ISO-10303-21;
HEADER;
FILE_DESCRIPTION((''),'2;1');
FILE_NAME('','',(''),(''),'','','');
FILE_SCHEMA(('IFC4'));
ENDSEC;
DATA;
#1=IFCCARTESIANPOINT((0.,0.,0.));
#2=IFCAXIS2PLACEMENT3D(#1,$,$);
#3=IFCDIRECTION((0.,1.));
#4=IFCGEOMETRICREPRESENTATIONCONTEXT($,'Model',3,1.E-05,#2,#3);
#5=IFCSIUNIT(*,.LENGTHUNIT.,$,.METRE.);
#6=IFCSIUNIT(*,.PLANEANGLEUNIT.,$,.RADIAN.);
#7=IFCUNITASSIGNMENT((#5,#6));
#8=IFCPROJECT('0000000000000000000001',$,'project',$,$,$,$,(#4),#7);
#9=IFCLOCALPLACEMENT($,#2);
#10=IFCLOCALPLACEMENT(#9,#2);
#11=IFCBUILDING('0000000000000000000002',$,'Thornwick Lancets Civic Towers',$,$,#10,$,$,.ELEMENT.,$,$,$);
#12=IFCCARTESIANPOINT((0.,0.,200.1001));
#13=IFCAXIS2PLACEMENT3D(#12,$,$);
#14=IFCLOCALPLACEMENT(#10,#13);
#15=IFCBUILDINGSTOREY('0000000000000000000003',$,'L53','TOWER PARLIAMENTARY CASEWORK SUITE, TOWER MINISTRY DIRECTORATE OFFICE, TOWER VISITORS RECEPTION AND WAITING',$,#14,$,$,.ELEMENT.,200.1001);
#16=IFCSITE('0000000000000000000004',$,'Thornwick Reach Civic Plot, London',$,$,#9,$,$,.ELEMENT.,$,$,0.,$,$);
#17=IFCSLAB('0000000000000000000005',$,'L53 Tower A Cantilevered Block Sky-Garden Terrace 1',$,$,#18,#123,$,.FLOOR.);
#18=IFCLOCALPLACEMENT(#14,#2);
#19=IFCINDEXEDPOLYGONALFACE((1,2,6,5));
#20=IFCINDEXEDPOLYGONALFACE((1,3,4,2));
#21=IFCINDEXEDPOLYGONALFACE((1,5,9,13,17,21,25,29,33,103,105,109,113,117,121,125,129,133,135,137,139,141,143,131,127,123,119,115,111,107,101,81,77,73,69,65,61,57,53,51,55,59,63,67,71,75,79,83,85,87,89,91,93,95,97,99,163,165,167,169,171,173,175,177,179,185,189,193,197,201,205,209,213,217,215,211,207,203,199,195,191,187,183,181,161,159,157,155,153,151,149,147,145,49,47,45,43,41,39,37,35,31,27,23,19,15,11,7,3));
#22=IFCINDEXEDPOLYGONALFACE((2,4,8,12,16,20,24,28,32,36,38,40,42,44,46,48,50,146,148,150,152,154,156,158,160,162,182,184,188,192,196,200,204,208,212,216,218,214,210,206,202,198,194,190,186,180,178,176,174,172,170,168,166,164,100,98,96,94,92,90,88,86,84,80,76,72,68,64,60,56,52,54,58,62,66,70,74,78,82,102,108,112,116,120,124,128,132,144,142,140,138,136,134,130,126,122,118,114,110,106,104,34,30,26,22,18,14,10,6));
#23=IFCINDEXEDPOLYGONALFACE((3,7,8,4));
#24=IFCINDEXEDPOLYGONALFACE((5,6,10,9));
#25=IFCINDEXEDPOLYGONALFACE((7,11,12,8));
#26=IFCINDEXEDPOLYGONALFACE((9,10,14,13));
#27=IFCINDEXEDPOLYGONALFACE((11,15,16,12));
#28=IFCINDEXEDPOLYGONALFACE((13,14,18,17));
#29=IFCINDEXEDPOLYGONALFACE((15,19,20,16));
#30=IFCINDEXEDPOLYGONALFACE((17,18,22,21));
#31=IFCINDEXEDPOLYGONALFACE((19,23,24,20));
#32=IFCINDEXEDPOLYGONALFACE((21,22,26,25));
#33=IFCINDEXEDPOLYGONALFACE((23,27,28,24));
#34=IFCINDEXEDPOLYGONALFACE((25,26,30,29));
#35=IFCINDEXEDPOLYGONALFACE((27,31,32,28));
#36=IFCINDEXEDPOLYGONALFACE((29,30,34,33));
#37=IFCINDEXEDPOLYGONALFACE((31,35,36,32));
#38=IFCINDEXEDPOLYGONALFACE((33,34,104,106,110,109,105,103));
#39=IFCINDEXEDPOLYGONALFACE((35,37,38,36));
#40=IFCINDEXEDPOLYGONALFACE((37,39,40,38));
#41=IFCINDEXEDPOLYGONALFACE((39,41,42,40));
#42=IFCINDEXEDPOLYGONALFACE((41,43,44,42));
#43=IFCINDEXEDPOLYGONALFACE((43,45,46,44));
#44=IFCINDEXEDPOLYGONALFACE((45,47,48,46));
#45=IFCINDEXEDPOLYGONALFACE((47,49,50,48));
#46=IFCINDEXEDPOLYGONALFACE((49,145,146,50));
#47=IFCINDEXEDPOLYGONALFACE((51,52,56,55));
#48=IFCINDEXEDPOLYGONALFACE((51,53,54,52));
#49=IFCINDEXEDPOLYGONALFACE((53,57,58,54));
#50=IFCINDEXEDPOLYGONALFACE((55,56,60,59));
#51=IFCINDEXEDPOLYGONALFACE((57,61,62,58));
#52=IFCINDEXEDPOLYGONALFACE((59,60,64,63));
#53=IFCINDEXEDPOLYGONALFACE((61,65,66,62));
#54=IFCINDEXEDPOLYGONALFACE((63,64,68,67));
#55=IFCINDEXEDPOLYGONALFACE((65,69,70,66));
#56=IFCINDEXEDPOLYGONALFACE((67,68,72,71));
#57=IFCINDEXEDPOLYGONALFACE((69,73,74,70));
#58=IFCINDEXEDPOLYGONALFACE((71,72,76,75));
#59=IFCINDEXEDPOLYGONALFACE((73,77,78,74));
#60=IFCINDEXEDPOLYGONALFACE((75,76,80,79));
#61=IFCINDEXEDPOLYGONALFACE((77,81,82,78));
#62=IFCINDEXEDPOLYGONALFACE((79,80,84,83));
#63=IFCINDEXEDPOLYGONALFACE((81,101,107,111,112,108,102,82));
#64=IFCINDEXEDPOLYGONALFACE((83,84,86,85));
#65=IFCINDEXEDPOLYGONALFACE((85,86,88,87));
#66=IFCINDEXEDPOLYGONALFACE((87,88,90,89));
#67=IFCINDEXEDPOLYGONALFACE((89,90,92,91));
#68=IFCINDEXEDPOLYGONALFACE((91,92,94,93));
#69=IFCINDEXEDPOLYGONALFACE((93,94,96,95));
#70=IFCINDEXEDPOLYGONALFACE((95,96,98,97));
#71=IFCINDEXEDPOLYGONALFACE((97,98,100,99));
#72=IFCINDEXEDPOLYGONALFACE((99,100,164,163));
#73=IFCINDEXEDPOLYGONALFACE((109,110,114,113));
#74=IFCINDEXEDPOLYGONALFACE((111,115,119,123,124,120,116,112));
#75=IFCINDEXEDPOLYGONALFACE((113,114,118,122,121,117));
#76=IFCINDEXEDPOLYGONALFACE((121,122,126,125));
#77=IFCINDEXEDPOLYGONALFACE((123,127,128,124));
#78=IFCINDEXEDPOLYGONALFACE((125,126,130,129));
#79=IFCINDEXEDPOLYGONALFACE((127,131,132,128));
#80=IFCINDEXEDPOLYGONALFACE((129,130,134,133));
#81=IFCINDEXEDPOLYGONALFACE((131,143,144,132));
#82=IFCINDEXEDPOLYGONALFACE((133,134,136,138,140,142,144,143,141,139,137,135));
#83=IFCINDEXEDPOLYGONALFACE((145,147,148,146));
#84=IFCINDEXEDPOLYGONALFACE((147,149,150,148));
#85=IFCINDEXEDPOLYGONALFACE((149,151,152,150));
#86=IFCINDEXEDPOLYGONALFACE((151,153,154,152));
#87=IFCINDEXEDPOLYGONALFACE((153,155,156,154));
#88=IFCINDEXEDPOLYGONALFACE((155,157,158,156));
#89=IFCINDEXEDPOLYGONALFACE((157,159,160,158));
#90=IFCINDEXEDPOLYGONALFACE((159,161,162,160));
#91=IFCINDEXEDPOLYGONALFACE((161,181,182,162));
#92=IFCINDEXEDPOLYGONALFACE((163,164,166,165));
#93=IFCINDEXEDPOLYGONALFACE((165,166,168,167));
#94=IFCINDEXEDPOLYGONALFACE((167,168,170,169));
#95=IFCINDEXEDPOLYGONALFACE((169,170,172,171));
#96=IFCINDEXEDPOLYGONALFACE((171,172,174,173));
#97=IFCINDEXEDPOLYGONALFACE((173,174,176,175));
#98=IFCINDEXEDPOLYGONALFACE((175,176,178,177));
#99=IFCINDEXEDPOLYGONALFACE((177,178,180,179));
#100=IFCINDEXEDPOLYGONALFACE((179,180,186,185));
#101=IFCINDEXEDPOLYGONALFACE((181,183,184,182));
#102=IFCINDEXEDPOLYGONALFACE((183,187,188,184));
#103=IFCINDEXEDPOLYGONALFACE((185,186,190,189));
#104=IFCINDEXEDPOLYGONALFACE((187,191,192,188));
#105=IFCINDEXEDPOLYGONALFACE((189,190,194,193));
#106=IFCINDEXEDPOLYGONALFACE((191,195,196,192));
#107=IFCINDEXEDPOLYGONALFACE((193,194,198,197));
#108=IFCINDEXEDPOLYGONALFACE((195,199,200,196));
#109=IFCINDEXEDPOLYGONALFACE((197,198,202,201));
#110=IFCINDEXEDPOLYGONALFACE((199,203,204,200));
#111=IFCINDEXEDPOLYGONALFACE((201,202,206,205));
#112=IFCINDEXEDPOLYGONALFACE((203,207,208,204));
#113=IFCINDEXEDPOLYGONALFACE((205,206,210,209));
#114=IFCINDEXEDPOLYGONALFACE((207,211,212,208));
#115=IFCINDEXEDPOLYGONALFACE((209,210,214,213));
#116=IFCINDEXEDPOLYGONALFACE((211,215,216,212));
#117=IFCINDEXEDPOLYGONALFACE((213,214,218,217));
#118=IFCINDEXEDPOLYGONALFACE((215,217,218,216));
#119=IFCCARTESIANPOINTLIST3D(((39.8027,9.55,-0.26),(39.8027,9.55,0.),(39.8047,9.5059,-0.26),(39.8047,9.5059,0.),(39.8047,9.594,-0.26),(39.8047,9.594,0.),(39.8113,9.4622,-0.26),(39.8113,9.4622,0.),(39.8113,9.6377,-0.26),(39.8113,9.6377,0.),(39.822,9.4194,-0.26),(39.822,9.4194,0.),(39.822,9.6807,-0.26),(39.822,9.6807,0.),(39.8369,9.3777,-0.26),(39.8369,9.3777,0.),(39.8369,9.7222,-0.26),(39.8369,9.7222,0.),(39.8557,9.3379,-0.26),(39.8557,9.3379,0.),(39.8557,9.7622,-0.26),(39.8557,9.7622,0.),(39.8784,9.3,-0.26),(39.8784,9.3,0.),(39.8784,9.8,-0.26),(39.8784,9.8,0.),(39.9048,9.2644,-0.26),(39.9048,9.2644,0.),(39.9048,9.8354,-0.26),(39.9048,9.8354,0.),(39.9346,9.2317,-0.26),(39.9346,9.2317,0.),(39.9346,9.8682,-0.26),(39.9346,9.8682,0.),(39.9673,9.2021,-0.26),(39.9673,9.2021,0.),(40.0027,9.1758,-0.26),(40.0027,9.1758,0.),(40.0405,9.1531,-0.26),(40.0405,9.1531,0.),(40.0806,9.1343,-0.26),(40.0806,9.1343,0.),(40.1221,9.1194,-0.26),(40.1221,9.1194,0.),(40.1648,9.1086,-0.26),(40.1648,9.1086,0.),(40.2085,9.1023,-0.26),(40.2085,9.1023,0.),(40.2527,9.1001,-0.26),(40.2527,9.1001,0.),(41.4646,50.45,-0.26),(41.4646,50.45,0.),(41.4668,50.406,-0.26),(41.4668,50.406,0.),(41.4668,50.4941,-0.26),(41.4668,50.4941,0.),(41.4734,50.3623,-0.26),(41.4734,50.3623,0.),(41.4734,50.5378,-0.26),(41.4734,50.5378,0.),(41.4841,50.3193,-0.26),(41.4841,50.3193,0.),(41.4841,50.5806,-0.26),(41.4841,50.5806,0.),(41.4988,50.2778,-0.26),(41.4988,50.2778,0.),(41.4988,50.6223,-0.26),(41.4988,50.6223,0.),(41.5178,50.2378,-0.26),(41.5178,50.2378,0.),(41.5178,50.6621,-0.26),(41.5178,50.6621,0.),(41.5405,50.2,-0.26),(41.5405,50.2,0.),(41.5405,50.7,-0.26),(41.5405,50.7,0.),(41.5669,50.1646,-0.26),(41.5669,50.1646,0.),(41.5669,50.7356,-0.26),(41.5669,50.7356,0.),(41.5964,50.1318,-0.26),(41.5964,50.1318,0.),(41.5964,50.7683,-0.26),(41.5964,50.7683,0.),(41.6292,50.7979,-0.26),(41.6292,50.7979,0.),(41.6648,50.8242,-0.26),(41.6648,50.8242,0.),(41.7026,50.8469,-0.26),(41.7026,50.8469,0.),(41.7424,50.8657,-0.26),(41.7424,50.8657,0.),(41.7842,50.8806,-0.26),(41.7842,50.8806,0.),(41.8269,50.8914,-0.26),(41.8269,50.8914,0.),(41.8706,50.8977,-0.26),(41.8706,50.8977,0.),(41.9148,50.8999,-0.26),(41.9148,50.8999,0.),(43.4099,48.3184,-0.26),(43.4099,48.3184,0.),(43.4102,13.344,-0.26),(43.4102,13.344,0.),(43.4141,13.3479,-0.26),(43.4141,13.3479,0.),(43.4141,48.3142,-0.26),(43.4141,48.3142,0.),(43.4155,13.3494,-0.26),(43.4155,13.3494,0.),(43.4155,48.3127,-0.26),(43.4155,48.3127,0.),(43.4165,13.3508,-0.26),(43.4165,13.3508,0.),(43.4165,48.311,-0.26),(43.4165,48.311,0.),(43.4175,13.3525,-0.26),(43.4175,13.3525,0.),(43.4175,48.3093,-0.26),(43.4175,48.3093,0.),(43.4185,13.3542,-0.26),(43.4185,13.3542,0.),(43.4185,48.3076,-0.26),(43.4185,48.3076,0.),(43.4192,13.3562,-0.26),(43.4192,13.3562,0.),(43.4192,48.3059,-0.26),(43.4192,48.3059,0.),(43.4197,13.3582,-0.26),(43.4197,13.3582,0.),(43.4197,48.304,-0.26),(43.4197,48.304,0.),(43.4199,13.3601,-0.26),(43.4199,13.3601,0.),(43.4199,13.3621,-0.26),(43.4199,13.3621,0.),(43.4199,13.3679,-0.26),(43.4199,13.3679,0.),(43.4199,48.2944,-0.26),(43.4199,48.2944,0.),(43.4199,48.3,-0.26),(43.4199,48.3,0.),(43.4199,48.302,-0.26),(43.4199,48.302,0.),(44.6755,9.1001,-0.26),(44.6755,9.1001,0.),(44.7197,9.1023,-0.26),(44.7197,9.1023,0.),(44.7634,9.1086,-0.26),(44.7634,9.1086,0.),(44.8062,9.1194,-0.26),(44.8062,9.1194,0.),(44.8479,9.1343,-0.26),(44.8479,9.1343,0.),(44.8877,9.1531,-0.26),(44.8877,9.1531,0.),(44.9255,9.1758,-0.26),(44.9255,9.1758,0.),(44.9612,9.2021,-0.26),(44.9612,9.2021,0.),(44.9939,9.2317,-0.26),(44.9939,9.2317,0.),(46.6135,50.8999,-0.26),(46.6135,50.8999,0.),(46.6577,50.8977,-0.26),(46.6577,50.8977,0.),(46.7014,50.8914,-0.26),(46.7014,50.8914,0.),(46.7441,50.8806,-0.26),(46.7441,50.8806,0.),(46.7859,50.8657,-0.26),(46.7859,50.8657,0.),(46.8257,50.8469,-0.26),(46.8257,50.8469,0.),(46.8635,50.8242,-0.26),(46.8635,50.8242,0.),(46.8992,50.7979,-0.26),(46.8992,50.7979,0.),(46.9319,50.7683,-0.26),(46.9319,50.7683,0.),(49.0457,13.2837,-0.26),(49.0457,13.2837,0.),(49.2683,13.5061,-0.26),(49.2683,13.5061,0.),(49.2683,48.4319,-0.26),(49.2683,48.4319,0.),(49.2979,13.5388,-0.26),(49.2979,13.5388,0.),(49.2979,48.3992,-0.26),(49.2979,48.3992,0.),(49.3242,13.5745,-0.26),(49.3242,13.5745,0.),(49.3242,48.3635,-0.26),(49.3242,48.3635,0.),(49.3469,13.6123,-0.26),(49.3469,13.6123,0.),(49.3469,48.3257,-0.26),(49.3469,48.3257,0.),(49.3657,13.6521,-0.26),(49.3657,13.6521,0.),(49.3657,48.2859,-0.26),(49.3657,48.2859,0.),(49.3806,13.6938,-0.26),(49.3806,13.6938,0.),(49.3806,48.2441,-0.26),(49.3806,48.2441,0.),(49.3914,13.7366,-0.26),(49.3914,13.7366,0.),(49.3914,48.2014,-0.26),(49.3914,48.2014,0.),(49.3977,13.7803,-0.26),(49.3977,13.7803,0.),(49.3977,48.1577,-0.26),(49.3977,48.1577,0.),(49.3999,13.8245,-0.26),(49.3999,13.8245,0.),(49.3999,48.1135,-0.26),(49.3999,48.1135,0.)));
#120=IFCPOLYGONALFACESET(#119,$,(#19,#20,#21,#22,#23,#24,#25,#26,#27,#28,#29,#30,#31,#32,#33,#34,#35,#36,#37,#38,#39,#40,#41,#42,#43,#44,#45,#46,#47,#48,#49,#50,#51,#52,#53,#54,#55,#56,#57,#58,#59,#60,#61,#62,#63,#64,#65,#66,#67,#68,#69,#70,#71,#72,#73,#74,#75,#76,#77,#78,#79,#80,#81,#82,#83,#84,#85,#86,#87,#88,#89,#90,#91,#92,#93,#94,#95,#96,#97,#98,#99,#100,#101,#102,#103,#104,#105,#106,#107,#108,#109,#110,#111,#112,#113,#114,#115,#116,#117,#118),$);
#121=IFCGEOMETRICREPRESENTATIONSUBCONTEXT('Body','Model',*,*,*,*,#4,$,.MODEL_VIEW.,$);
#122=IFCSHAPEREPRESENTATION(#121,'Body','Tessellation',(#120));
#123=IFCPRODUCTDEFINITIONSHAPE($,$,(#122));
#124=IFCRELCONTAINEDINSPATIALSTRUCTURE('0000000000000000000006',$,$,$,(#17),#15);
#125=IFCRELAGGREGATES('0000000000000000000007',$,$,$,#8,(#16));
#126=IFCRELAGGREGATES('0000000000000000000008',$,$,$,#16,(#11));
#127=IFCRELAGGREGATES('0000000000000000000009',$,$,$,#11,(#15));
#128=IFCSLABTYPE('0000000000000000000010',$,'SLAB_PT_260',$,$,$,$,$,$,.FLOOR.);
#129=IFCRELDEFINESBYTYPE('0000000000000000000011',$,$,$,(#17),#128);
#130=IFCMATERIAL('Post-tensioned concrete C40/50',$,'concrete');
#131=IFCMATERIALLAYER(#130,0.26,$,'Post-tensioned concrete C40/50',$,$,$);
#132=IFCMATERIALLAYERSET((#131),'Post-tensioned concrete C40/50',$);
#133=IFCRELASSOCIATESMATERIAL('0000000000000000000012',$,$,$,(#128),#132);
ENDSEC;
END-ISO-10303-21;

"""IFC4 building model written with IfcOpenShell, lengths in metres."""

from ifc_helpers import new_model, si_unit, direction, frame, origin, place, context, subcontext, project, spatial, polyline, outline, extrude, material, layer, layer_set, type_object, element, save


model = new_model("IFC4")

# Units and contexts
model_context = context("Model", 3, precision=1e-05, world=origin(), true_north=direction((0.0, 1.0)))
body_context = subcontext(model_context, "Body", "Model", "MODEL_VIEW")
ifc_project = project(units=[si_unit("LENGTHUNIT", "METRE"), si_unit("PLANEANGLEUNIT", "RADIAN")], contexts=[model_context])

# Site, building, storey
site_placement = place(None, origin())
site = spatial("IfcSite", under=ifc_project, at=site_placement, Name="Thornwick Reach Civic Plot, London", CompositionType="ELEMENT", RefElevation=0.0)
building_placement = place(site_placement, origin())
building = spatial("IfcBuilding", under=site, at=building_placement, Name="Thornwick Lancets Civic Towers", CompositionType="ELEMENT")
storey_placement = place(building_placement, frame((0.0, 0.0, 200.1001)))
storey = spatial("IfcBuildingStorey", under=building, at=storey_placement, Name="L53", Description="TOWER PARLIAMENTARY CASEWORK SUITE, TOWER MINISTRY DIRECTORATE OFFICE, TOWER VISITORS RECEPTION AND WAITING", CompositionType="ELEMENT", Elevation=200.1001)

# Slab
ifc_material_1 = material(Name="Post-tensioned concrete C40/50", Category="concrete")
ifc_layer_1 = layer(ifc_material_1, 0.26, Name="Post-tensioned concrete C40/50")
ifc_layer_set_1 = layer_set([ifc_layer_1], Name="Post-tensioned concrete C40/50")
slab_type_1 = type_object("IfcSlabType", Name="SLAB_PT_260", PredefinedType="FLOOR", material=ifc_layer_set_1)
slab_1_placement = place(storey_placement, frame((0.0, 0.0, -0.26)))
element("IfcSlab", 1, at=slab_1_placement, inside=storey, type_object=slab_type_1, Name="L53 Tower A Cantilevered Block Sky-Garden Terrace 1", PredefinedType="FLOOR", context=body_context, shape_type="SweptSolid", body=[
    extrude(outline(polyline([(46.6577, 50.8977), (46.7014, 50.8914), (46.7441, 50.8806), (46.7859, 50.8657), (46.8257, 50.8469), (46.8635, 50.8242), (46.8992, 50.7979), (46.9319, 50.7683), (49.2683, 48.4319), (49.2979, 48.3992), (49.3242, 48.3635), (49.3469, 48.3257), (49.3657, 48.2859), (49.3806, 48.2441), (49.3914, 48.2014), (49.3977, 48.1577), (49.3999, 48.1135), (49.3999, 13.8245), (49.3977, 13.7803), (49.3914, 13.7366), (49.3806, 13.6938), (49.3657, 13.6521), (49.3469, 13.6123), (49.3242, 13.5745), (49.2979, 13.5388), (49.2683, 13.5061), (49.0457, 13.2837), (44.9939, 9.2317), (44.9612, 9.2021), (44.9255, 9.1758), (44.8877, 9.1531), (44.8479, 9.1343), (44.8062, 9.1194), (44.7634, 9.1086), (44.7197, 9.1023), (44.6755, 9.1001), (40.2527, 9.1001), (40.2085, 9.1023), (40.1648, 9.1086), (40.1221, 9.1194), (40.0806, 9.1343), (40.0405, 9.1531), (40.0027, 9.1758), (39.9673, 9.2021), (39.9346, 9.2317), (39.9048, 9.2644), (39.8784, 9.3), (39.8557, 9.3379), (39.8369, 9.3777), (39.822, 9.4194), (39.8113, 9.4622), (39.8047, 9.5059), (39.8027, 9.55), (39.8047, 9.594), (39.8113, 9.6377), (39.822, 9.6807), (39.8369, 9.7222), (39.8557, 9.7622), (39.8784, 9.8), (39.9048, 9.8354), (39.9346, 9.8682), (43.4102, 13.344), (43.4141, 13.3479), (43.4155, 13.3494), (43.4165, 13.3508), (43.4175, 13.3525), (43.4185, 13.3542), (43.4192, 13.3562), (43.4197, 13.3582), (43.4199, 13.3601), (43.4199, 13.3621), (43.4199, 13.3679), (43.4199, 48.2944), (43.4199, 48.3), (43.4199, 48.302), (43.4197, 48.304), (43.4192, 48.3059), (43.4185, 48.3076), (43.4175, 48.3093), (43.4165, 48.311), (43.4155, 48.3127), (43.4141, 48.3142), (43.4099, 48.3184), (41.5964, 50.1318), (41.5669, 50.1646), (41.5405, 50.2), (41.5178, 50.2378), (41.4988, 50.2778), (41.4841, 50.3193), (41.4734, 50.3623), (41.4668, 50.406), (41.4646, 50.45), (41.4668, 50.4941), (41.4734, 50.5378), (41.4841, 50.5806), (41.4988, 50.6223), (41.5178, 50.6621), (41.5405, 50.7), (41.5669, 50.7356), (41.5964, 50.7683), (41.6292, 50.7979), (41.6648, 50.8242), (41.7026, 50.8469), (41.7424, 50.8657), (41.7842, 50.8806), (41.8269, 50.8914), (41.8706, 50.8977), (41.9148, 50.8999), (46.6135, 50.8999), (46.6577, 50.8977)])), origin(), (0.0, 0.0, 1.0), 0.26),
])

save(model, "model.ifc")
